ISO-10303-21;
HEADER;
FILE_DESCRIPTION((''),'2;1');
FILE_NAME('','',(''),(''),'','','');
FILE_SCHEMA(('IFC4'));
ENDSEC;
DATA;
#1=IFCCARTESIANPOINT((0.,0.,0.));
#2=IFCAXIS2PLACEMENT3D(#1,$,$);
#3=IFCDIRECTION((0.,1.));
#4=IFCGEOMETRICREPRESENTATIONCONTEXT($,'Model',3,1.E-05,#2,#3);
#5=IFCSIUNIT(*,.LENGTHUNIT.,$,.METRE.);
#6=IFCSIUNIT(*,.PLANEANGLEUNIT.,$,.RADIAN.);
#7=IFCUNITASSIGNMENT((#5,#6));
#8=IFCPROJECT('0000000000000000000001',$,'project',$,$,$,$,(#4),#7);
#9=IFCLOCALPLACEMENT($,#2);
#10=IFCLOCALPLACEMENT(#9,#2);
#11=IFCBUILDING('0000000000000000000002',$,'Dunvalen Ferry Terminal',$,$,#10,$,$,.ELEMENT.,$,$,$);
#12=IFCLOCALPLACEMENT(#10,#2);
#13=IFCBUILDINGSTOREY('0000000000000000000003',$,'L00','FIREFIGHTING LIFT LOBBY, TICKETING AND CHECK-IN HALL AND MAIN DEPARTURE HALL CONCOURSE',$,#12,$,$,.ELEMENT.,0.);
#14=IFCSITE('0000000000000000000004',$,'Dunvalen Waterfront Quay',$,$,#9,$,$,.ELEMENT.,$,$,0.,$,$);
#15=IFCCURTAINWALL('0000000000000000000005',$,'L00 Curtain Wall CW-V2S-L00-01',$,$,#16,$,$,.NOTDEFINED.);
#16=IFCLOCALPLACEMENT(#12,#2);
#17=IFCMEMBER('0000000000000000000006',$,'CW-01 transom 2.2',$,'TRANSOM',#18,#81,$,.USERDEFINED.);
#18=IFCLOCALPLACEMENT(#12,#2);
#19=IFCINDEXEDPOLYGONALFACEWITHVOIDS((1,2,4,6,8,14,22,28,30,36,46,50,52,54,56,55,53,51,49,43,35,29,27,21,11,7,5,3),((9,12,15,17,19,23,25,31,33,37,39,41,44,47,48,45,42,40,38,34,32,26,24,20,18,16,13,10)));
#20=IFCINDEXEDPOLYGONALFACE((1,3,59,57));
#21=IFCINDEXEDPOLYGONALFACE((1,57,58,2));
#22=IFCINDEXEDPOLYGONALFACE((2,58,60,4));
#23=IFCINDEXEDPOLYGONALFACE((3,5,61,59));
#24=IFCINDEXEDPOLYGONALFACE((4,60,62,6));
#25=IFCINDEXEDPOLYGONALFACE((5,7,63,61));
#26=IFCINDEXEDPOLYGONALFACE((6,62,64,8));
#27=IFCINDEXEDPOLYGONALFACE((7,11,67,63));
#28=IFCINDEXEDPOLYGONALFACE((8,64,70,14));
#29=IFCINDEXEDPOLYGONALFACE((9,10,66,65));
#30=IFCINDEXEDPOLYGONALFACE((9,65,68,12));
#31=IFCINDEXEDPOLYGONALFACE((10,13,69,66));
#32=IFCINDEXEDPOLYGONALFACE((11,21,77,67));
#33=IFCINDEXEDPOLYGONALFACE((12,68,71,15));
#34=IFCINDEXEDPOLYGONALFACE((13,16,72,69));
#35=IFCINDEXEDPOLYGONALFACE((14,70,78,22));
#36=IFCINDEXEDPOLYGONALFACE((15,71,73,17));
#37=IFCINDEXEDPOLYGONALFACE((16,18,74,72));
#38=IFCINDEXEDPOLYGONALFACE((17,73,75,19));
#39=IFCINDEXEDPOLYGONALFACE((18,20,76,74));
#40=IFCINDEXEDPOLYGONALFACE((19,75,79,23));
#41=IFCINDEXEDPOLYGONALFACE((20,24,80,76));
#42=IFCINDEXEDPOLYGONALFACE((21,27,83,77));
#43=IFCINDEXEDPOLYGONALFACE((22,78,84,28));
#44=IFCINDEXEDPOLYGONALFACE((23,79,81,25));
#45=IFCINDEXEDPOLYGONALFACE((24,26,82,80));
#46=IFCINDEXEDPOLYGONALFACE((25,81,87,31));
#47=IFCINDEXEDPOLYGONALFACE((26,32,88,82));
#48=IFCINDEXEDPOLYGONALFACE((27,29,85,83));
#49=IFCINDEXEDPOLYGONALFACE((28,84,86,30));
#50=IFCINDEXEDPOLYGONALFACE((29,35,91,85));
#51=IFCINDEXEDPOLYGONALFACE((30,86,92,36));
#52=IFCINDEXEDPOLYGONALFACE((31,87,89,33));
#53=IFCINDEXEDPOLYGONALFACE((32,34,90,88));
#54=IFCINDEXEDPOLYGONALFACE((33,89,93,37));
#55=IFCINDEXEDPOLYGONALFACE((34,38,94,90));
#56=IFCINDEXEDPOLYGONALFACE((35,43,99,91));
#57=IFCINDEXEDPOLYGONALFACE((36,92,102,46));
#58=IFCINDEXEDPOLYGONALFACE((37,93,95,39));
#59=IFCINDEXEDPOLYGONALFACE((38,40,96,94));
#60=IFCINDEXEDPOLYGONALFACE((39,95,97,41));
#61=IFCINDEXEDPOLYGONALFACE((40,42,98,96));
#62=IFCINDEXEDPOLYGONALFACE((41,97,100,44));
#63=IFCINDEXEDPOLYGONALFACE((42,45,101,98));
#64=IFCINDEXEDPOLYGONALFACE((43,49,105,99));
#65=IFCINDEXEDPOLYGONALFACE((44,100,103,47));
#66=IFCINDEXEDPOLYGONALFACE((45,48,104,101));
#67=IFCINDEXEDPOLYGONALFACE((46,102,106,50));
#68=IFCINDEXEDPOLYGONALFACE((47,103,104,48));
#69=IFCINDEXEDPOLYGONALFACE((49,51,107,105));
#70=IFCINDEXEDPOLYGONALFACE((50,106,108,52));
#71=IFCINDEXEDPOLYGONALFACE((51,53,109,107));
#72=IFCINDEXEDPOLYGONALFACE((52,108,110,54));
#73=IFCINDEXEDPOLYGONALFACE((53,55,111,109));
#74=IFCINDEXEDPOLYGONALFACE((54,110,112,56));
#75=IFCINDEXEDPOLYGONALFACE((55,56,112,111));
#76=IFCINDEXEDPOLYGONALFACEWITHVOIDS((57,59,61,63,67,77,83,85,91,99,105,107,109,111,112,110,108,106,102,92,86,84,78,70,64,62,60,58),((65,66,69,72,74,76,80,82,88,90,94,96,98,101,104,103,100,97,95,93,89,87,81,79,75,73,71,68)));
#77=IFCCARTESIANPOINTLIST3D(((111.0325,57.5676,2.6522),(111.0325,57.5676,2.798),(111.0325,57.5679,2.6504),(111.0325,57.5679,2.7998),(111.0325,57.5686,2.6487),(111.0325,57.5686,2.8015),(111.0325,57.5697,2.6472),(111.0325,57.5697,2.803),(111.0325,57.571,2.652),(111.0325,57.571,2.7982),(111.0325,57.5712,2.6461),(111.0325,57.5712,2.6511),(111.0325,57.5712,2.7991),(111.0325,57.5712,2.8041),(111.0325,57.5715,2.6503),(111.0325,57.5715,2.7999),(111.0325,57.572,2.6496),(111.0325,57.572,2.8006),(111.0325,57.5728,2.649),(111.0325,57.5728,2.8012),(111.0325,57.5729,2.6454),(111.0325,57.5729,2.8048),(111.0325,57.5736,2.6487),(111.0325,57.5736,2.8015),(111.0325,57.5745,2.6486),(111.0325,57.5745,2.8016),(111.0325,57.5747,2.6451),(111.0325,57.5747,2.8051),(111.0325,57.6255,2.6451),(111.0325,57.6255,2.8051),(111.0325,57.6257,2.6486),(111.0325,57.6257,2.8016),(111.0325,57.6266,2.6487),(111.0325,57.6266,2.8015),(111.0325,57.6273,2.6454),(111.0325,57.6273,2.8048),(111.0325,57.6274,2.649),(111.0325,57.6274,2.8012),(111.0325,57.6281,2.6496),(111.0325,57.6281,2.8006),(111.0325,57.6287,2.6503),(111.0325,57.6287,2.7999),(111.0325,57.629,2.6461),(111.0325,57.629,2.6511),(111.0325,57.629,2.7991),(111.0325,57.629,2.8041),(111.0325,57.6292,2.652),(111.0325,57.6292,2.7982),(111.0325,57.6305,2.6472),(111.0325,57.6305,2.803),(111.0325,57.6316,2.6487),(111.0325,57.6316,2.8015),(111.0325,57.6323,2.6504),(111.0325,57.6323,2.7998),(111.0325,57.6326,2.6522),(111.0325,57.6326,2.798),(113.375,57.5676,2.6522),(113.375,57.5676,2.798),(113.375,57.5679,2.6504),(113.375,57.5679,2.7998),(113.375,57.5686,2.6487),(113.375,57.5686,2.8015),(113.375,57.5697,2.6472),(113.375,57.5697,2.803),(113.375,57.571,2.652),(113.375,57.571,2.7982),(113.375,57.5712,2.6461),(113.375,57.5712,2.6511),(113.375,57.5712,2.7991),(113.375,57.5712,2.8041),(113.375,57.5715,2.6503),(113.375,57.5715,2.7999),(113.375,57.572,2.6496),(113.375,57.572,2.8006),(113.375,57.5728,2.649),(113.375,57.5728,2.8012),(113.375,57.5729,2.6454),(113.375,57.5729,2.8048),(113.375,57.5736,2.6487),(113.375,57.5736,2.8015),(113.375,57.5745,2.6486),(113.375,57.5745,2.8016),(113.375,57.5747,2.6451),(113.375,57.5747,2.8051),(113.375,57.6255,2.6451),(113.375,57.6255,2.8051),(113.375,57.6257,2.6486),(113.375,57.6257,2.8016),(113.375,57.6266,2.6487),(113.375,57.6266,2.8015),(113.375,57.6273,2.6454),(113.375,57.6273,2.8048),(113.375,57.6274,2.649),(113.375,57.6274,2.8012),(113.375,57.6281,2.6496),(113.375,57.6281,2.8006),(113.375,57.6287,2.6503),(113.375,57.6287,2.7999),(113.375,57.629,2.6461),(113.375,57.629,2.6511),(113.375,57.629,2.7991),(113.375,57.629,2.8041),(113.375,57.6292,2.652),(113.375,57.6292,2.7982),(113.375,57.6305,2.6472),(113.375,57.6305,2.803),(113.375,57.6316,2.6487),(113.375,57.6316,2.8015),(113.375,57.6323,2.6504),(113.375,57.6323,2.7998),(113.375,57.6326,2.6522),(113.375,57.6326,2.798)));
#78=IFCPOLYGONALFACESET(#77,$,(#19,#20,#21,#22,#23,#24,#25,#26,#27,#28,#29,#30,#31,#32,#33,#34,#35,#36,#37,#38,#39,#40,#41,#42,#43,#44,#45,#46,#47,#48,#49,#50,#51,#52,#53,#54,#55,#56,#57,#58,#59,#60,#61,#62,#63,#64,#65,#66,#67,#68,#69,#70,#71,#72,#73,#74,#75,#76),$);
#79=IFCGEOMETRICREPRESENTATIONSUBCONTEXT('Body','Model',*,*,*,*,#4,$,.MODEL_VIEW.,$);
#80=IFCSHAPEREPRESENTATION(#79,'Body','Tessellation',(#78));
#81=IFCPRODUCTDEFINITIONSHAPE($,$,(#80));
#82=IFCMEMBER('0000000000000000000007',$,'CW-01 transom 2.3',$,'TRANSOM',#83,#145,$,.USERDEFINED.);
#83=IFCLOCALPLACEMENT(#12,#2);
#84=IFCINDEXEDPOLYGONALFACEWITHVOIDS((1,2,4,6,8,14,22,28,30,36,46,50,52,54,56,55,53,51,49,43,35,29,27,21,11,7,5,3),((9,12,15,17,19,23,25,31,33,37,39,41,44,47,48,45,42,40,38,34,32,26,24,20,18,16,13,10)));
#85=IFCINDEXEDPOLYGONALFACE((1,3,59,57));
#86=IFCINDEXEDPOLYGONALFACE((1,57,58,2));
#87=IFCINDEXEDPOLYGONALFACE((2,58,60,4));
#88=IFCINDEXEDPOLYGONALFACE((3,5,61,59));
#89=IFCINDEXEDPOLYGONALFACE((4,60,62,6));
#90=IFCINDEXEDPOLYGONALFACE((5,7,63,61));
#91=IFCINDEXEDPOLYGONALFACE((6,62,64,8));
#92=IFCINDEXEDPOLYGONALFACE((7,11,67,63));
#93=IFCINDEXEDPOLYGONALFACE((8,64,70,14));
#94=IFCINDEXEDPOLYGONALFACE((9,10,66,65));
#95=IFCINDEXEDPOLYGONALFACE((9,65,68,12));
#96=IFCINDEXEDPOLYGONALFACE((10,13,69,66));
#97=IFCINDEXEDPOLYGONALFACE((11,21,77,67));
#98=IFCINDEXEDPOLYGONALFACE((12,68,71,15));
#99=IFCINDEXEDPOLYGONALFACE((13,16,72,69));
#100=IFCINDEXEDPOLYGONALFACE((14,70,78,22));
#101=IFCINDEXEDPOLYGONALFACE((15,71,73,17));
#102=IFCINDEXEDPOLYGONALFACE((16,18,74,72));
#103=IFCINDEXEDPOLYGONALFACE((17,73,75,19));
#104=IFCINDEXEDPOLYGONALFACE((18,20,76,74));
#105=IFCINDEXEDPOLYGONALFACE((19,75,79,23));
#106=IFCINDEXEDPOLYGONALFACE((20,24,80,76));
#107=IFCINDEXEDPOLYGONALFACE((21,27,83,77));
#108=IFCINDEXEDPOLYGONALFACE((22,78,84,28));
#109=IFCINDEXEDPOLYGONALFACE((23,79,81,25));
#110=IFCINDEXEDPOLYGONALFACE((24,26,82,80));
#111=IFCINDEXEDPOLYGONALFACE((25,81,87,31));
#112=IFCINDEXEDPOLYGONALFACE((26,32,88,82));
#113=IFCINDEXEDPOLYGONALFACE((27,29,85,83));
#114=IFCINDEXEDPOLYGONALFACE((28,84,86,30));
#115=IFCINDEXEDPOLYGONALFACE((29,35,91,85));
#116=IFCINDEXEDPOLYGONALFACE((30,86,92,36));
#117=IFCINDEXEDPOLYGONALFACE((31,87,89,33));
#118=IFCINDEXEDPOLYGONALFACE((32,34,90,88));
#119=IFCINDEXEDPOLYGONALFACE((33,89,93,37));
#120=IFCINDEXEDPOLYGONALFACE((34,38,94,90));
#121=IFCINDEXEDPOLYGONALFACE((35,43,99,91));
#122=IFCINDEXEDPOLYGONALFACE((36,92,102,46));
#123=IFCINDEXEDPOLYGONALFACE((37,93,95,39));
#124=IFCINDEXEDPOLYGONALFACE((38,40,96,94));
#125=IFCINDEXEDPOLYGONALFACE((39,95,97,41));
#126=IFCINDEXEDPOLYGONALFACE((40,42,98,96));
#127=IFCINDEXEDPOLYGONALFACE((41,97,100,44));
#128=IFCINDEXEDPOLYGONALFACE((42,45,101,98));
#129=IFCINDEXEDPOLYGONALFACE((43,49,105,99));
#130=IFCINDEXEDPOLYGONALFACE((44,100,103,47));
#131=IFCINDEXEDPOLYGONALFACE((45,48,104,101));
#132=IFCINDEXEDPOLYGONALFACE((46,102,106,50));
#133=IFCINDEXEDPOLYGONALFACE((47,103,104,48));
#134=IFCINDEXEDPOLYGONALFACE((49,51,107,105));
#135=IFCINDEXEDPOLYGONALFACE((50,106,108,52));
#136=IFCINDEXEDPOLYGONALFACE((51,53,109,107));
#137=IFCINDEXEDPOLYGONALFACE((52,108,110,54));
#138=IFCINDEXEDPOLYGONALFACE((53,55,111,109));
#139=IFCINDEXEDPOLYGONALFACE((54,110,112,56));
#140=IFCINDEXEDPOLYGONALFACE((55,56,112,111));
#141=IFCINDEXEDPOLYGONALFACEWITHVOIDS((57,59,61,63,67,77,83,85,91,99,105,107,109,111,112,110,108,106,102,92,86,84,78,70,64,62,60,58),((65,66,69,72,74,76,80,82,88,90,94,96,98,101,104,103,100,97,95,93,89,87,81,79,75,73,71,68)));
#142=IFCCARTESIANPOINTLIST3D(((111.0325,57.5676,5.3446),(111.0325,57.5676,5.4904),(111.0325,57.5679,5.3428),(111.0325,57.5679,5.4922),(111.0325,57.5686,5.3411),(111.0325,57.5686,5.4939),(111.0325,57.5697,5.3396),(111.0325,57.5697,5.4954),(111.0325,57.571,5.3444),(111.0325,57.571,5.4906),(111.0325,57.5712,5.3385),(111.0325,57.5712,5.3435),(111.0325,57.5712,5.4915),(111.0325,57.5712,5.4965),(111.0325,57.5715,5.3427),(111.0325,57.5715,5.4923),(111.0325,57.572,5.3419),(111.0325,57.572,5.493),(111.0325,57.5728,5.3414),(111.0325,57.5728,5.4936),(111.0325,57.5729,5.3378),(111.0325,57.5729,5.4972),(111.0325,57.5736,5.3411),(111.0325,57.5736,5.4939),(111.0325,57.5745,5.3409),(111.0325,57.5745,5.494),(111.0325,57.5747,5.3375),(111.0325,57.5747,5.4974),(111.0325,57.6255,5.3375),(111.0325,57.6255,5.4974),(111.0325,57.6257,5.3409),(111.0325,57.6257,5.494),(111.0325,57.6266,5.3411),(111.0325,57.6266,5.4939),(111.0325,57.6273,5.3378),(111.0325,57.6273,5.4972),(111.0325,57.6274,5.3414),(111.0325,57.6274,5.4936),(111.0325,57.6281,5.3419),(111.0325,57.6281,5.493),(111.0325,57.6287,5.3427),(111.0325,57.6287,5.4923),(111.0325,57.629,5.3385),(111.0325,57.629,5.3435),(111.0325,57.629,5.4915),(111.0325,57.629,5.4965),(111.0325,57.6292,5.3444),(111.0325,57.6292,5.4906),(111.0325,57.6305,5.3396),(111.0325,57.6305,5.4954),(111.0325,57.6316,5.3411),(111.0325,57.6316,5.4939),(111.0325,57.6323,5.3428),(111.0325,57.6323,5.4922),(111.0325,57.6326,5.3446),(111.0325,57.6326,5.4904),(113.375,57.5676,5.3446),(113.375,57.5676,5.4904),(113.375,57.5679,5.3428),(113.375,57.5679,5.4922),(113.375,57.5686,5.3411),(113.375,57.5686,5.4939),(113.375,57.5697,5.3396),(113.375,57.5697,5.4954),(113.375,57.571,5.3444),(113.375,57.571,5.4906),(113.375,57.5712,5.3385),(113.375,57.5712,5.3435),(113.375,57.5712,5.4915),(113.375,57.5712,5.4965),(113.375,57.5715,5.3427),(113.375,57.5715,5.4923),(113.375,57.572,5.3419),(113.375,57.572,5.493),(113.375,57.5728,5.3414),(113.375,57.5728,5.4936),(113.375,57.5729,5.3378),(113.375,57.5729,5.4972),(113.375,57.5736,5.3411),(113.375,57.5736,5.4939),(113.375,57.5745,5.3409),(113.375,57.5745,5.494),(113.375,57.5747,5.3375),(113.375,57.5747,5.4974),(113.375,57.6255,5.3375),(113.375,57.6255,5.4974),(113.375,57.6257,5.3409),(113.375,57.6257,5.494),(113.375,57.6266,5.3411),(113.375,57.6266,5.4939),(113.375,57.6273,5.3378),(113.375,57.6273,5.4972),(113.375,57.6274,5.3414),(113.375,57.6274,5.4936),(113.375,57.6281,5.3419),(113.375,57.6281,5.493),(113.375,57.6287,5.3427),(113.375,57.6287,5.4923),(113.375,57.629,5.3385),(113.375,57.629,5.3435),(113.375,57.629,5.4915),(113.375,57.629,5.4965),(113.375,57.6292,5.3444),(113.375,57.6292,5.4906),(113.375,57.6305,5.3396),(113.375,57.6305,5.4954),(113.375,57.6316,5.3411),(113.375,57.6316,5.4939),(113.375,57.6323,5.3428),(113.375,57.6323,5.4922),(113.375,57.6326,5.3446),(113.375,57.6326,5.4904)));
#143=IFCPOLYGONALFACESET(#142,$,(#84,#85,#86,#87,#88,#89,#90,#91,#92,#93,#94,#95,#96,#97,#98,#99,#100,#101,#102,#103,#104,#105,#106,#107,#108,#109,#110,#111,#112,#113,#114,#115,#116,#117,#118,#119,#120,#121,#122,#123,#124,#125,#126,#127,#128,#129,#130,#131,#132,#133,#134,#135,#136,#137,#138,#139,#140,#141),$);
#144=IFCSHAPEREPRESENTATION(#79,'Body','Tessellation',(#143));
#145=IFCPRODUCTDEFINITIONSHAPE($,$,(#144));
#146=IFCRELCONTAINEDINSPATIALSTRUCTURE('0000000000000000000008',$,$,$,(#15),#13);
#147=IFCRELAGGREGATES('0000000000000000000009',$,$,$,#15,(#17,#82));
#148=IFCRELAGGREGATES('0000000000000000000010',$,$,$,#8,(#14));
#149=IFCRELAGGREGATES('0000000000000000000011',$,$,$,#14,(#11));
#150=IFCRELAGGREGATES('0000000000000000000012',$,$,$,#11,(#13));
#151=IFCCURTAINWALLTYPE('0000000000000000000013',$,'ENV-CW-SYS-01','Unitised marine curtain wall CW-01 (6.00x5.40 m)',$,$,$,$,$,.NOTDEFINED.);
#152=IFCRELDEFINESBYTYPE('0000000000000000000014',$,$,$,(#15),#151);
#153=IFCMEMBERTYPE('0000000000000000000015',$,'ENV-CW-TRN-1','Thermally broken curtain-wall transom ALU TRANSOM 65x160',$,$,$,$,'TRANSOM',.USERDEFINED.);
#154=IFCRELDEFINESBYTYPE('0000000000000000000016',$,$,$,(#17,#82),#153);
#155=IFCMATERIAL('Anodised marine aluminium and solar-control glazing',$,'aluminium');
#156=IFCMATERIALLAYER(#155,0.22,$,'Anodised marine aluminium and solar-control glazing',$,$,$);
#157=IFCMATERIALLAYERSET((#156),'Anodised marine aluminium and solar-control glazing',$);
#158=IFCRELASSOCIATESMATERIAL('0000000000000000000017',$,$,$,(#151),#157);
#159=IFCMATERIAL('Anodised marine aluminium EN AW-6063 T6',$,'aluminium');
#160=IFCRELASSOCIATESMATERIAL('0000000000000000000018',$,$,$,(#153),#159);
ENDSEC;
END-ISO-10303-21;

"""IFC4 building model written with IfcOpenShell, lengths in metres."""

from ifc_helpers import new_model, si_unit, direction, frame, origin, origin_2d, place, context, subcontext, project, spatial, hollow_rectangle, extrude, material, layer, layer_set, material_profile, profile_set, type_object, element, aggregate, save


model = new_model("IFC4")

# Units and contexts
model_context = context("Model", 3, precision=1e-05, world=origin(), true_north=direction((0.0, 1.0)))
body_context = subcontext(model_context, "Body", "Model", "MODEL_VIEW")
ifc_project = project(units=[si_unit("LENGTHUNIT", "METRE"), si_unit("PLANEANGLEUNIT", "RADIAN")], contexts=[model_context])

# Site, building, storey
site_placement = place(None, origin())
site = spatial("IfcSite", under=ifc_project, at=site_placement, Name="Dunvalen Waterfront Quay", CompositionType="ELEMENT", RefElevation=0.0)
building_placement = place(site_placement, origin())
building = spatial("IfcBuilding", under=site, at=building_placement, Name="Dunvalen Ferry Terminal", CompositionType="ELEMENT")
storey_placement = place(building_placement, origin())
storey = spatial("IfcBuildingStorey", under=building, at=storey_placement, Name="L00", Description="FIREFIGHTING LIFT LOBBY, TICKETING AND CHECK-IN HALL AND MAIN DEPARTURE HALL CONCOURSE", CompositionType="ELEMENT", Elevation=0.0)

# Curtain wall
ifc_material_1 = material(Name="Anodised marine aluminium and solar-control glazing", Category="aluminium")
ifc_layer_1 = layer(ifc_material_1, 0.22, Name="Anodised marine aluminium and solar-control glazing")
ifc_layer_set_1 = layer_set([ifc_layer_1], Name="Anodised marine aluminium and solar-control glazing")
curtain_wall_type = type_object("IfcCurtainWallType", Name="ENV-CW-SYS-01", Description="Unitised marine curtain wall CW-01 (6.00x5.40 m)", PredefinedType="NOTDEFINED", material=ifc_layer_set_1)
curtain_wall_1_placement = place(storey_placement, origin())
curtain_wall_1 = element("IfcCurtainWall", 1, at=curtain_wall_1_placement, inside=storey, type_object=curtain_wall_type, Name="L00 Curtain Wall CW-V2S-L00-01", PredefinedType="NOTDEFINED")
ifc_material_2 = material(Name="Anodised marine aluminium EN AW-6063 T6", Category="aluminium")

# Members
ifc_material_profile_1 = material_profile(ifc_material_2, hollow_rectangle(XDim=0.0649, YDim=0.1599, WallThickness=0.0034, InnerFilletRadius=0.0034, OuterFilletRadius=0.0071, at=origin_2d()), Name="Anodised marine aluminium EN AW-6063 T6")
ifc_profile_set_1 = profile_set([ifc_material_profile_1], Name="Anodised marine aluminium EN AW-6063 T6")
member_type_1 = type_object("IfcMemberType", Name="ENV-CW-TRN-1", Description="Thermally broken curtain-wall transom ALU TRANSOM 65x160", ElementType="TRANSOM", PredefinedType="USERDEFINED", material=ifc_profile_set_1)
member_1_placement = place(storey_placement, frame((111.0325, 57.6001, 2.7251), z_axis=(1.0, 0.0, 0.0), x_axis=(0.0, 1.0, 0.0)))
member_1 = element("IfcMember", 2, at=member_1_placement, type_object=member_type_1, Name="CW-01 transom 2.2", ObjectType="TRANSOM", PredefinedType="USERDEFINED", context=body_context, shape_type="SweptSolid", body=[
    extrude(hollow_rectangle(XDim=0.0649, YDim=0.1599, WallThickness=0.0034, InnerFilletRadius=0.0034, OuterFilletRadius=0.0071, at=origin_2d()), origin(), (0.0, 0.0, 1.0), 2.3425),
])
member_2_placement = place(storey_placement, frame((111.0325, 57.6001, 5.4175), z_axis=(1.0, 0.0, 0.0), x_axis=(0.0, 1.0, 0.0)))
member_2 = element("IfcMember", 3, at=member_2_placement, type_object=member_type_1, Name="CW-01 transom 2.3", ObjectType="TRANSOM", PredefinedType="USERDEFINED", context=body_context, shape_type="SweptSolid", body=[
    extrude(hollow_rectangle(XDim=0.0649, YDim=0.1599, WallThickness=0.0034, InnerFilletRadius=0.0034, OuterFilletRadius=0.0071, at=origin_2d()), origin(), (0.0, 0.0, 1.0), 2.3425),
])

aggregate(curtain_wall_1, [member_1, member_2])

save(model, "model.ifc")
